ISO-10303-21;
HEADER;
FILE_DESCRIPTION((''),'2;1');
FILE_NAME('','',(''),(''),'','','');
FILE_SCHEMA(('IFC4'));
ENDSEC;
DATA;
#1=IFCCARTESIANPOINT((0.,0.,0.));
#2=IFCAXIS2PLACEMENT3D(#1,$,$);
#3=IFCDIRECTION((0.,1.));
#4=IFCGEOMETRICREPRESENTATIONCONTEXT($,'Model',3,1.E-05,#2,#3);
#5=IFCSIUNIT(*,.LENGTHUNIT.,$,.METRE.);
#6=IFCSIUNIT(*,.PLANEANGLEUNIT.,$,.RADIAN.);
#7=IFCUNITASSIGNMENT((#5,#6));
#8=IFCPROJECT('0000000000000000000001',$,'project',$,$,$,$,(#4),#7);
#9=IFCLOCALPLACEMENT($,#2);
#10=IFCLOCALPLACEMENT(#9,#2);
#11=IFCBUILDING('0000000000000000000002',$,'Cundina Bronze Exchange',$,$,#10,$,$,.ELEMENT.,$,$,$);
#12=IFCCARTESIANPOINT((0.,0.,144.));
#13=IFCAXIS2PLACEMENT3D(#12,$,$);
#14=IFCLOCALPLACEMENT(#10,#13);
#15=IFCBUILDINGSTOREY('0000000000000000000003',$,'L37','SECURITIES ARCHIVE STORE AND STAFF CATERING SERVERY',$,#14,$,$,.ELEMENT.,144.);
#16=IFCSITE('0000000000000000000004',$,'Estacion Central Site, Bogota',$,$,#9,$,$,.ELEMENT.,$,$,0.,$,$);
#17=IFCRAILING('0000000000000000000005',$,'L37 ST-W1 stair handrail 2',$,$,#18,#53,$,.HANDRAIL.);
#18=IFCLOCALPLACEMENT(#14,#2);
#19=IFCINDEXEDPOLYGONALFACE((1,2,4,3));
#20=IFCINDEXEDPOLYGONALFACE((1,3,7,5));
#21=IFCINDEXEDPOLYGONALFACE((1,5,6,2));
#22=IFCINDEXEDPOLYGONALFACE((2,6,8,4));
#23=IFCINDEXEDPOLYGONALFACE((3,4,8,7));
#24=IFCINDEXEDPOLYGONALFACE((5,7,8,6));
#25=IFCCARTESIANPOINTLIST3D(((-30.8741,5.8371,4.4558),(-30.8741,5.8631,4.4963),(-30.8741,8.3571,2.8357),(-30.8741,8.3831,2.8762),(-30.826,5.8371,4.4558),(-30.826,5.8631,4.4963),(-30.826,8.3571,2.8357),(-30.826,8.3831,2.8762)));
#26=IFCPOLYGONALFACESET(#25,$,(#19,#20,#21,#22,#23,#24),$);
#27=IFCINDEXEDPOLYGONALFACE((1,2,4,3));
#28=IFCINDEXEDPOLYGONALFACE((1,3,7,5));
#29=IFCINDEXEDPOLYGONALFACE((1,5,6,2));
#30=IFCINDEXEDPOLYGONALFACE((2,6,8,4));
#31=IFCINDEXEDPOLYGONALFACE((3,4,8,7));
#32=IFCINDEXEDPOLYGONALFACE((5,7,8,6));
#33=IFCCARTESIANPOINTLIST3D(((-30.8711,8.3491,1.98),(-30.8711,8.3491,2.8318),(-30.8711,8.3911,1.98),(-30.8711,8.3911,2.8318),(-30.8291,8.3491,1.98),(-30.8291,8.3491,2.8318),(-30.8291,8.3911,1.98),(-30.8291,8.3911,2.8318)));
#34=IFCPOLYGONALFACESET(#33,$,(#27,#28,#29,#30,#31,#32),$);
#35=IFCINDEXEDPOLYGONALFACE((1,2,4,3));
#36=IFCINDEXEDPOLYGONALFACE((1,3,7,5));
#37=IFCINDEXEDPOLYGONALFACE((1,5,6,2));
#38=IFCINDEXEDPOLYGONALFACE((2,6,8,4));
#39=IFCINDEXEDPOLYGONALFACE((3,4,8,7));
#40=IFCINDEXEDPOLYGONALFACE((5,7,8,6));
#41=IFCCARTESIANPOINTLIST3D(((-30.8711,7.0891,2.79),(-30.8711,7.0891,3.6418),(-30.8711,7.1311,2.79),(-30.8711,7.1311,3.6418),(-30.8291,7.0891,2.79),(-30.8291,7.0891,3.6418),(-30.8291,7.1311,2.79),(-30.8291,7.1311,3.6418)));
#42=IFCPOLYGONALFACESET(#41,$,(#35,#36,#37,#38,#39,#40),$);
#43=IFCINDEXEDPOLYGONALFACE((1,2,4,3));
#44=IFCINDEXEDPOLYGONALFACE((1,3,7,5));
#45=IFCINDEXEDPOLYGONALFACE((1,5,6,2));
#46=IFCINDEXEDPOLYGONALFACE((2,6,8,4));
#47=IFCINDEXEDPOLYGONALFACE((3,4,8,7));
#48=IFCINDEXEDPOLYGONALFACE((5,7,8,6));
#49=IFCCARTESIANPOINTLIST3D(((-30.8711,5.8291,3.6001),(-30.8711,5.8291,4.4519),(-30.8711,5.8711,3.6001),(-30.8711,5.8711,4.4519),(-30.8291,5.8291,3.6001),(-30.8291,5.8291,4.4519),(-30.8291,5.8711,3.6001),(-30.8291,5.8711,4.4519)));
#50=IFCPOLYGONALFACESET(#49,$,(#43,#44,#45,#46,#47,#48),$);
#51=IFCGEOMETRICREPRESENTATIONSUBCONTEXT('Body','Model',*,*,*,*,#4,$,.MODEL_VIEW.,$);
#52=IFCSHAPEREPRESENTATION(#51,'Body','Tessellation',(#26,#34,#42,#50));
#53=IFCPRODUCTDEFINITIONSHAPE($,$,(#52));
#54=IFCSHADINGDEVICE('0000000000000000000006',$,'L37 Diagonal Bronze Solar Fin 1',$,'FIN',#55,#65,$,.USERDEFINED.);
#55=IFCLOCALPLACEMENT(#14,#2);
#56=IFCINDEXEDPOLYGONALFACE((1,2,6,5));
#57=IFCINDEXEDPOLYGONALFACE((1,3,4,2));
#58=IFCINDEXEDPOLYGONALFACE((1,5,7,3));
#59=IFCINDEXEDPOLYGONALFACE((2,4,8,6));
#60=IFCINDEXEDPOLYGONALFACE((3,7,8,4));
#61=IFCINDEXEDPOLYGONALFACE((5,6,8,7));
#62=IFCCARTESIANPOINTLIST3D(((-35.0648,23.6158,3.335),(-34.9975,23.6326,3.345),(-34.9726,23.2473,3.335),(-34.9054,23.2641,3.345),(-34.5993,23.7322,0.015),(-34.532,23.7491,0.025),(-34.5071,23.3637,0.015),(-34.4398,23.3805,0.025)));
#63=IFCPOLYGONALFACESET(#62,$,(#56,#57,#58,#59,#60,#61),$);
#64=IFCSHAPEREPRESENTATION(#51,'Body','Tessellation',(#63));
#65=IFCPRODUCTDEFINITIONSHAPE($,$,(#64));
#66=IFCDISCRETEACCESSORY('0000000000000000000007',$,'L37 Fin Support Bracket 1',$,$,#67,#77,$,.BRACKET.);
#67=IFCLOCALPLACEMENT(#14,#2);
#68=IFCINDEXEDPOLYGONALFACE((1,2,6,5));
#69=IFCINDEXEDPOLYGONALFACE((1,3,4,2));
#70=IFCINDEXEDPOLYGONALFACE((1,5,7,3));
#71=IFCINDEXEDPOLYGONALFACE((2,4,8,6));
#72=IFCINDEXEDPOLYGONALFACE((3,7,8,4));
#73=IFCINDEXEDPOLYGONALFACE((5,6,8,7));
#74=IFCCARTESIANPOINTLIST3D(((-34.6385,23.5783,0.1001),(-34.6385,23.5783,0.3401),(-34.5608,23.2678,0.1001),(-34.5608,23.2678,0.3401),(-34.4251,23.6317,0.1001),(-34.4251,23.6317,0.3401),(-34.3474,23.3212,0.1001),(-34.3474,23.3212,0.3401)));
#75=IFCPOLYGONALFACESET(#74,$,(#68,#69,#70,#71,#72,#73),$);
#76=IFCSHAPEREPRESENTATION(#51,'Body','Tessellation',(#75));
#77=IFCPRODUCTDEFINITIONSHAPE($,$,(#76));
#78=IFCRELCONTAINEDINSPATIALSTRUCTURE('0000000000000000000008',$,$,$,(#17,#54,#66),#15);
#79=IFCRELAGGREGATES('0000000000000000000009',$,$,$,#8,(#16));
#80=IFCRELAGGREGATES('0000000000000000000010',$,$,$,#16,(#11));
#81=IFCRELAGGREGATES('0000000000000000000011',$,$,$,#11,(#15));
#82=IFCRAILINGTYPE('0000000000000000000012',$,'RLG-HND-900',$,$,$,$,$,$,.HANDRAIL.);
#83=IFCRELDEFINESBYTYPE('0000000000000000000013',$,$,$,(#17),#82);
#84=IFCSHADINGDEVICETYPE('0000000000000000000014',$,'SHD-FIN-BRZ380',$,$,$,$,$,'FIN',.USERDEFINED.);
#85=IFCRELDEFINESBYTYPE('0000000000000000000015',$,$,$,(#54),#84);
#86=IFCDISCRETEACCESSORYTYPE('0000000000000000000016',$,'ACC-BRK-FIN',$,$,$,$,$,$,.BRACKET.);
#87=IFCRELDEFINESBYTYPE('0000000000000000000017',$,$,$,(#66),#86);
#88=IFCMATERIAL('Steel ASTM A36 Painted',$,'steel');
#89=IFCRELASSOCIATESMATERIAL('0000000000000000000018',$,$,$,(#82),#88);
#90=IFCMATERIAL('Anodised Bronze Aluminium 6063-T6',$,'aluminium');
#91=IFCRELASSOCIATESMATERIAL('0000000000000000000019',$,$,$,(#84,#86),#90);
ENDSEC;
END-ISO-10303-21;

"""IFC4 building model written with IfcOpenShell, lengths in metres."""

from ifc_helpers import new_model, si_unit, direction, frame, origin, origin_2d, place, context, subcontext, project, spatial, rectangle, extrude, material, material_profile, profile_set, type_object, element, save


model = new_model("IFC4")

# Units and contexts
model_context = context("Model", 3, precision=1e-05, world=origin(), true_north=direction((0.0, 1.0)))
body_context = subcontext(model_context, "Body", "Model", "MODEL_VIEW")
ifc_project = project(units=[si_unit("LENGTHUNIT", "METRE"), si_unit("PLANEANGLEUNIT", "RADIAN")], contexts=[model_context])

# Site, building, storey
site_placement = place(None, origin())
site = spatial("IfcSite", under=ifc_project, at=site_placement, Name="Estacion Central Site, Bogota", CompositionType="ELEMENT", RefElevation=0.0)
building_placement = place(site_placement, origin())
building = spatial("IfcBuilding", under=site, at=building_placement, Name="Cundina Bronze Exchange", CompositionType="ELEMENT")
storey_placement = place(building_placement, frame((0.0, 0.0, 144.0)))
storey = spatial("IfcBuildingStorey", under=building, at=storey_placement, Name="L37", Description="SECURITIES ARCHIVE STORE AND STAFF CATERING SERVERY", CompositionType="ELEMENT", Elevation=144.0)

# Shared definitions
ifc_material_1 = material(Name="Anodised Bronze Aluminium 6063-T6", Category="aluminium")

# Shared definitions
ifc_material_2 = material(Name="Steel ASTM A36 Painted", Category="steel")

# Railing
railing_type = type_object("IfcRailingType", Name="RLG-HND-900", PredefinedType="HANDRAIL", material=ifc_material_2)
railing_placement = place(storey_placement, frame((-30.8501, 8.3701, 1.98)))
element("IfcRailing", 1, at=railing_placement, inside=storey, type_object=railing_type, Name="L37 ST-W1 stair handrail 2", PredefinedType="HANDRAIL", context=body_context, shape_type="SweptSolid", body=[
    extrude(rectangle(XDim=0.0481, YDim=0.0481, at=origin_2d()), frame((0.0, 0.0, 0.876), z_axis=(0.0, -0.841163, 0.540782), x_axis=(1.0, 0.0, 0.0)), (0.0, 0.0, 1.0), 2.9958),
    extrude(rectangle(XDim=0.042, YDim=0.042, at=origin_2d()), origin(), (0.0, 0.0, 1.0), 0.8518),
    extrude(rectangle(XDim=0.042, YDim=0.042, at=origin_2d()), frame((0.0, -1.26, 0.8101)), (0.0, 0.0, 1.0), 0.8518),
    extrude(rectangle(XDim=0.042, YDim=0.042, at=origin_2d()), frame((0.0, -2.52, 1.6201)), (0.0, 0.0, 1.0), 0.8518),
])

# Shading device
ifc_material_profile_1 = material_profile(ifc_material_1, rectangle(XDim=0.0701, YDim=0.3799, at=origin_2d()), Name="FIN70X380", Category="aluminium")
ifc_profile_set_1 = profile_set([ifc_material_profile_1], Name="Anodised Bronze Aluminium 6063-T6")
shading_device_type = type_object("IfcShadingDeviceType", Name="SHD-FIN-BRZ380", ElementType="FIN", PredefinedType="USERDEFINED", material=ifc_profile_set_1)
shading_device_placement = place(storey_placement, frame((-34.5195, 23.5564, 0.02), z_axis=(-0.138788, -0.034715, 0.989713), x_axis=(0.960133, 0.240159, 0.143064)))
element("IfcShadingDevice", 2, at=shading_device_placement, inside=storey, type_object=shading_device_type, Name="L37 Diagonal Bronze Solar Fin 1", ObjectType="FIN", PredefinedType="USERDEFINED", context=body_context, shape_type="SweptSolid", body=[
    extrude(rectangle(XDim=0.0701, YDim=0.3799, at=origin_2d()), origin(), (0.0, 0.0, 1.0), 3.3545),
])

# Discrete accessory
discrete_accessory_type = type_object("IfcDiscreteAccessoryType", Name="ACC-BRK-FIN", PredefinedType="BRACKET", material=ifc_material_1)
discrete_accessory_placement = place(storey_placement, frame((-34.4929, 23.4497, 0.1001), z_axis=(0.0, 0.0, 1.0), x_axis=(-0.970093, -0.242735, 0.0)))
element("IfcDiscreteAccessory", 3, at=discrete_accessory_placement, inside=storey, type_object=discrete_accessory_type, Name="L37 Fin Support Bracket 1", PredefinedType="BRACKET", context=body_context, shape_type="SweptSolid", body=[
    extrude(rectangle(XDim=0.22, YDim=0.3201, at=origin_2d()), origin(), (0.0, 0.0, 1.0), 0.24),
])

save(model, "model.ifc")
